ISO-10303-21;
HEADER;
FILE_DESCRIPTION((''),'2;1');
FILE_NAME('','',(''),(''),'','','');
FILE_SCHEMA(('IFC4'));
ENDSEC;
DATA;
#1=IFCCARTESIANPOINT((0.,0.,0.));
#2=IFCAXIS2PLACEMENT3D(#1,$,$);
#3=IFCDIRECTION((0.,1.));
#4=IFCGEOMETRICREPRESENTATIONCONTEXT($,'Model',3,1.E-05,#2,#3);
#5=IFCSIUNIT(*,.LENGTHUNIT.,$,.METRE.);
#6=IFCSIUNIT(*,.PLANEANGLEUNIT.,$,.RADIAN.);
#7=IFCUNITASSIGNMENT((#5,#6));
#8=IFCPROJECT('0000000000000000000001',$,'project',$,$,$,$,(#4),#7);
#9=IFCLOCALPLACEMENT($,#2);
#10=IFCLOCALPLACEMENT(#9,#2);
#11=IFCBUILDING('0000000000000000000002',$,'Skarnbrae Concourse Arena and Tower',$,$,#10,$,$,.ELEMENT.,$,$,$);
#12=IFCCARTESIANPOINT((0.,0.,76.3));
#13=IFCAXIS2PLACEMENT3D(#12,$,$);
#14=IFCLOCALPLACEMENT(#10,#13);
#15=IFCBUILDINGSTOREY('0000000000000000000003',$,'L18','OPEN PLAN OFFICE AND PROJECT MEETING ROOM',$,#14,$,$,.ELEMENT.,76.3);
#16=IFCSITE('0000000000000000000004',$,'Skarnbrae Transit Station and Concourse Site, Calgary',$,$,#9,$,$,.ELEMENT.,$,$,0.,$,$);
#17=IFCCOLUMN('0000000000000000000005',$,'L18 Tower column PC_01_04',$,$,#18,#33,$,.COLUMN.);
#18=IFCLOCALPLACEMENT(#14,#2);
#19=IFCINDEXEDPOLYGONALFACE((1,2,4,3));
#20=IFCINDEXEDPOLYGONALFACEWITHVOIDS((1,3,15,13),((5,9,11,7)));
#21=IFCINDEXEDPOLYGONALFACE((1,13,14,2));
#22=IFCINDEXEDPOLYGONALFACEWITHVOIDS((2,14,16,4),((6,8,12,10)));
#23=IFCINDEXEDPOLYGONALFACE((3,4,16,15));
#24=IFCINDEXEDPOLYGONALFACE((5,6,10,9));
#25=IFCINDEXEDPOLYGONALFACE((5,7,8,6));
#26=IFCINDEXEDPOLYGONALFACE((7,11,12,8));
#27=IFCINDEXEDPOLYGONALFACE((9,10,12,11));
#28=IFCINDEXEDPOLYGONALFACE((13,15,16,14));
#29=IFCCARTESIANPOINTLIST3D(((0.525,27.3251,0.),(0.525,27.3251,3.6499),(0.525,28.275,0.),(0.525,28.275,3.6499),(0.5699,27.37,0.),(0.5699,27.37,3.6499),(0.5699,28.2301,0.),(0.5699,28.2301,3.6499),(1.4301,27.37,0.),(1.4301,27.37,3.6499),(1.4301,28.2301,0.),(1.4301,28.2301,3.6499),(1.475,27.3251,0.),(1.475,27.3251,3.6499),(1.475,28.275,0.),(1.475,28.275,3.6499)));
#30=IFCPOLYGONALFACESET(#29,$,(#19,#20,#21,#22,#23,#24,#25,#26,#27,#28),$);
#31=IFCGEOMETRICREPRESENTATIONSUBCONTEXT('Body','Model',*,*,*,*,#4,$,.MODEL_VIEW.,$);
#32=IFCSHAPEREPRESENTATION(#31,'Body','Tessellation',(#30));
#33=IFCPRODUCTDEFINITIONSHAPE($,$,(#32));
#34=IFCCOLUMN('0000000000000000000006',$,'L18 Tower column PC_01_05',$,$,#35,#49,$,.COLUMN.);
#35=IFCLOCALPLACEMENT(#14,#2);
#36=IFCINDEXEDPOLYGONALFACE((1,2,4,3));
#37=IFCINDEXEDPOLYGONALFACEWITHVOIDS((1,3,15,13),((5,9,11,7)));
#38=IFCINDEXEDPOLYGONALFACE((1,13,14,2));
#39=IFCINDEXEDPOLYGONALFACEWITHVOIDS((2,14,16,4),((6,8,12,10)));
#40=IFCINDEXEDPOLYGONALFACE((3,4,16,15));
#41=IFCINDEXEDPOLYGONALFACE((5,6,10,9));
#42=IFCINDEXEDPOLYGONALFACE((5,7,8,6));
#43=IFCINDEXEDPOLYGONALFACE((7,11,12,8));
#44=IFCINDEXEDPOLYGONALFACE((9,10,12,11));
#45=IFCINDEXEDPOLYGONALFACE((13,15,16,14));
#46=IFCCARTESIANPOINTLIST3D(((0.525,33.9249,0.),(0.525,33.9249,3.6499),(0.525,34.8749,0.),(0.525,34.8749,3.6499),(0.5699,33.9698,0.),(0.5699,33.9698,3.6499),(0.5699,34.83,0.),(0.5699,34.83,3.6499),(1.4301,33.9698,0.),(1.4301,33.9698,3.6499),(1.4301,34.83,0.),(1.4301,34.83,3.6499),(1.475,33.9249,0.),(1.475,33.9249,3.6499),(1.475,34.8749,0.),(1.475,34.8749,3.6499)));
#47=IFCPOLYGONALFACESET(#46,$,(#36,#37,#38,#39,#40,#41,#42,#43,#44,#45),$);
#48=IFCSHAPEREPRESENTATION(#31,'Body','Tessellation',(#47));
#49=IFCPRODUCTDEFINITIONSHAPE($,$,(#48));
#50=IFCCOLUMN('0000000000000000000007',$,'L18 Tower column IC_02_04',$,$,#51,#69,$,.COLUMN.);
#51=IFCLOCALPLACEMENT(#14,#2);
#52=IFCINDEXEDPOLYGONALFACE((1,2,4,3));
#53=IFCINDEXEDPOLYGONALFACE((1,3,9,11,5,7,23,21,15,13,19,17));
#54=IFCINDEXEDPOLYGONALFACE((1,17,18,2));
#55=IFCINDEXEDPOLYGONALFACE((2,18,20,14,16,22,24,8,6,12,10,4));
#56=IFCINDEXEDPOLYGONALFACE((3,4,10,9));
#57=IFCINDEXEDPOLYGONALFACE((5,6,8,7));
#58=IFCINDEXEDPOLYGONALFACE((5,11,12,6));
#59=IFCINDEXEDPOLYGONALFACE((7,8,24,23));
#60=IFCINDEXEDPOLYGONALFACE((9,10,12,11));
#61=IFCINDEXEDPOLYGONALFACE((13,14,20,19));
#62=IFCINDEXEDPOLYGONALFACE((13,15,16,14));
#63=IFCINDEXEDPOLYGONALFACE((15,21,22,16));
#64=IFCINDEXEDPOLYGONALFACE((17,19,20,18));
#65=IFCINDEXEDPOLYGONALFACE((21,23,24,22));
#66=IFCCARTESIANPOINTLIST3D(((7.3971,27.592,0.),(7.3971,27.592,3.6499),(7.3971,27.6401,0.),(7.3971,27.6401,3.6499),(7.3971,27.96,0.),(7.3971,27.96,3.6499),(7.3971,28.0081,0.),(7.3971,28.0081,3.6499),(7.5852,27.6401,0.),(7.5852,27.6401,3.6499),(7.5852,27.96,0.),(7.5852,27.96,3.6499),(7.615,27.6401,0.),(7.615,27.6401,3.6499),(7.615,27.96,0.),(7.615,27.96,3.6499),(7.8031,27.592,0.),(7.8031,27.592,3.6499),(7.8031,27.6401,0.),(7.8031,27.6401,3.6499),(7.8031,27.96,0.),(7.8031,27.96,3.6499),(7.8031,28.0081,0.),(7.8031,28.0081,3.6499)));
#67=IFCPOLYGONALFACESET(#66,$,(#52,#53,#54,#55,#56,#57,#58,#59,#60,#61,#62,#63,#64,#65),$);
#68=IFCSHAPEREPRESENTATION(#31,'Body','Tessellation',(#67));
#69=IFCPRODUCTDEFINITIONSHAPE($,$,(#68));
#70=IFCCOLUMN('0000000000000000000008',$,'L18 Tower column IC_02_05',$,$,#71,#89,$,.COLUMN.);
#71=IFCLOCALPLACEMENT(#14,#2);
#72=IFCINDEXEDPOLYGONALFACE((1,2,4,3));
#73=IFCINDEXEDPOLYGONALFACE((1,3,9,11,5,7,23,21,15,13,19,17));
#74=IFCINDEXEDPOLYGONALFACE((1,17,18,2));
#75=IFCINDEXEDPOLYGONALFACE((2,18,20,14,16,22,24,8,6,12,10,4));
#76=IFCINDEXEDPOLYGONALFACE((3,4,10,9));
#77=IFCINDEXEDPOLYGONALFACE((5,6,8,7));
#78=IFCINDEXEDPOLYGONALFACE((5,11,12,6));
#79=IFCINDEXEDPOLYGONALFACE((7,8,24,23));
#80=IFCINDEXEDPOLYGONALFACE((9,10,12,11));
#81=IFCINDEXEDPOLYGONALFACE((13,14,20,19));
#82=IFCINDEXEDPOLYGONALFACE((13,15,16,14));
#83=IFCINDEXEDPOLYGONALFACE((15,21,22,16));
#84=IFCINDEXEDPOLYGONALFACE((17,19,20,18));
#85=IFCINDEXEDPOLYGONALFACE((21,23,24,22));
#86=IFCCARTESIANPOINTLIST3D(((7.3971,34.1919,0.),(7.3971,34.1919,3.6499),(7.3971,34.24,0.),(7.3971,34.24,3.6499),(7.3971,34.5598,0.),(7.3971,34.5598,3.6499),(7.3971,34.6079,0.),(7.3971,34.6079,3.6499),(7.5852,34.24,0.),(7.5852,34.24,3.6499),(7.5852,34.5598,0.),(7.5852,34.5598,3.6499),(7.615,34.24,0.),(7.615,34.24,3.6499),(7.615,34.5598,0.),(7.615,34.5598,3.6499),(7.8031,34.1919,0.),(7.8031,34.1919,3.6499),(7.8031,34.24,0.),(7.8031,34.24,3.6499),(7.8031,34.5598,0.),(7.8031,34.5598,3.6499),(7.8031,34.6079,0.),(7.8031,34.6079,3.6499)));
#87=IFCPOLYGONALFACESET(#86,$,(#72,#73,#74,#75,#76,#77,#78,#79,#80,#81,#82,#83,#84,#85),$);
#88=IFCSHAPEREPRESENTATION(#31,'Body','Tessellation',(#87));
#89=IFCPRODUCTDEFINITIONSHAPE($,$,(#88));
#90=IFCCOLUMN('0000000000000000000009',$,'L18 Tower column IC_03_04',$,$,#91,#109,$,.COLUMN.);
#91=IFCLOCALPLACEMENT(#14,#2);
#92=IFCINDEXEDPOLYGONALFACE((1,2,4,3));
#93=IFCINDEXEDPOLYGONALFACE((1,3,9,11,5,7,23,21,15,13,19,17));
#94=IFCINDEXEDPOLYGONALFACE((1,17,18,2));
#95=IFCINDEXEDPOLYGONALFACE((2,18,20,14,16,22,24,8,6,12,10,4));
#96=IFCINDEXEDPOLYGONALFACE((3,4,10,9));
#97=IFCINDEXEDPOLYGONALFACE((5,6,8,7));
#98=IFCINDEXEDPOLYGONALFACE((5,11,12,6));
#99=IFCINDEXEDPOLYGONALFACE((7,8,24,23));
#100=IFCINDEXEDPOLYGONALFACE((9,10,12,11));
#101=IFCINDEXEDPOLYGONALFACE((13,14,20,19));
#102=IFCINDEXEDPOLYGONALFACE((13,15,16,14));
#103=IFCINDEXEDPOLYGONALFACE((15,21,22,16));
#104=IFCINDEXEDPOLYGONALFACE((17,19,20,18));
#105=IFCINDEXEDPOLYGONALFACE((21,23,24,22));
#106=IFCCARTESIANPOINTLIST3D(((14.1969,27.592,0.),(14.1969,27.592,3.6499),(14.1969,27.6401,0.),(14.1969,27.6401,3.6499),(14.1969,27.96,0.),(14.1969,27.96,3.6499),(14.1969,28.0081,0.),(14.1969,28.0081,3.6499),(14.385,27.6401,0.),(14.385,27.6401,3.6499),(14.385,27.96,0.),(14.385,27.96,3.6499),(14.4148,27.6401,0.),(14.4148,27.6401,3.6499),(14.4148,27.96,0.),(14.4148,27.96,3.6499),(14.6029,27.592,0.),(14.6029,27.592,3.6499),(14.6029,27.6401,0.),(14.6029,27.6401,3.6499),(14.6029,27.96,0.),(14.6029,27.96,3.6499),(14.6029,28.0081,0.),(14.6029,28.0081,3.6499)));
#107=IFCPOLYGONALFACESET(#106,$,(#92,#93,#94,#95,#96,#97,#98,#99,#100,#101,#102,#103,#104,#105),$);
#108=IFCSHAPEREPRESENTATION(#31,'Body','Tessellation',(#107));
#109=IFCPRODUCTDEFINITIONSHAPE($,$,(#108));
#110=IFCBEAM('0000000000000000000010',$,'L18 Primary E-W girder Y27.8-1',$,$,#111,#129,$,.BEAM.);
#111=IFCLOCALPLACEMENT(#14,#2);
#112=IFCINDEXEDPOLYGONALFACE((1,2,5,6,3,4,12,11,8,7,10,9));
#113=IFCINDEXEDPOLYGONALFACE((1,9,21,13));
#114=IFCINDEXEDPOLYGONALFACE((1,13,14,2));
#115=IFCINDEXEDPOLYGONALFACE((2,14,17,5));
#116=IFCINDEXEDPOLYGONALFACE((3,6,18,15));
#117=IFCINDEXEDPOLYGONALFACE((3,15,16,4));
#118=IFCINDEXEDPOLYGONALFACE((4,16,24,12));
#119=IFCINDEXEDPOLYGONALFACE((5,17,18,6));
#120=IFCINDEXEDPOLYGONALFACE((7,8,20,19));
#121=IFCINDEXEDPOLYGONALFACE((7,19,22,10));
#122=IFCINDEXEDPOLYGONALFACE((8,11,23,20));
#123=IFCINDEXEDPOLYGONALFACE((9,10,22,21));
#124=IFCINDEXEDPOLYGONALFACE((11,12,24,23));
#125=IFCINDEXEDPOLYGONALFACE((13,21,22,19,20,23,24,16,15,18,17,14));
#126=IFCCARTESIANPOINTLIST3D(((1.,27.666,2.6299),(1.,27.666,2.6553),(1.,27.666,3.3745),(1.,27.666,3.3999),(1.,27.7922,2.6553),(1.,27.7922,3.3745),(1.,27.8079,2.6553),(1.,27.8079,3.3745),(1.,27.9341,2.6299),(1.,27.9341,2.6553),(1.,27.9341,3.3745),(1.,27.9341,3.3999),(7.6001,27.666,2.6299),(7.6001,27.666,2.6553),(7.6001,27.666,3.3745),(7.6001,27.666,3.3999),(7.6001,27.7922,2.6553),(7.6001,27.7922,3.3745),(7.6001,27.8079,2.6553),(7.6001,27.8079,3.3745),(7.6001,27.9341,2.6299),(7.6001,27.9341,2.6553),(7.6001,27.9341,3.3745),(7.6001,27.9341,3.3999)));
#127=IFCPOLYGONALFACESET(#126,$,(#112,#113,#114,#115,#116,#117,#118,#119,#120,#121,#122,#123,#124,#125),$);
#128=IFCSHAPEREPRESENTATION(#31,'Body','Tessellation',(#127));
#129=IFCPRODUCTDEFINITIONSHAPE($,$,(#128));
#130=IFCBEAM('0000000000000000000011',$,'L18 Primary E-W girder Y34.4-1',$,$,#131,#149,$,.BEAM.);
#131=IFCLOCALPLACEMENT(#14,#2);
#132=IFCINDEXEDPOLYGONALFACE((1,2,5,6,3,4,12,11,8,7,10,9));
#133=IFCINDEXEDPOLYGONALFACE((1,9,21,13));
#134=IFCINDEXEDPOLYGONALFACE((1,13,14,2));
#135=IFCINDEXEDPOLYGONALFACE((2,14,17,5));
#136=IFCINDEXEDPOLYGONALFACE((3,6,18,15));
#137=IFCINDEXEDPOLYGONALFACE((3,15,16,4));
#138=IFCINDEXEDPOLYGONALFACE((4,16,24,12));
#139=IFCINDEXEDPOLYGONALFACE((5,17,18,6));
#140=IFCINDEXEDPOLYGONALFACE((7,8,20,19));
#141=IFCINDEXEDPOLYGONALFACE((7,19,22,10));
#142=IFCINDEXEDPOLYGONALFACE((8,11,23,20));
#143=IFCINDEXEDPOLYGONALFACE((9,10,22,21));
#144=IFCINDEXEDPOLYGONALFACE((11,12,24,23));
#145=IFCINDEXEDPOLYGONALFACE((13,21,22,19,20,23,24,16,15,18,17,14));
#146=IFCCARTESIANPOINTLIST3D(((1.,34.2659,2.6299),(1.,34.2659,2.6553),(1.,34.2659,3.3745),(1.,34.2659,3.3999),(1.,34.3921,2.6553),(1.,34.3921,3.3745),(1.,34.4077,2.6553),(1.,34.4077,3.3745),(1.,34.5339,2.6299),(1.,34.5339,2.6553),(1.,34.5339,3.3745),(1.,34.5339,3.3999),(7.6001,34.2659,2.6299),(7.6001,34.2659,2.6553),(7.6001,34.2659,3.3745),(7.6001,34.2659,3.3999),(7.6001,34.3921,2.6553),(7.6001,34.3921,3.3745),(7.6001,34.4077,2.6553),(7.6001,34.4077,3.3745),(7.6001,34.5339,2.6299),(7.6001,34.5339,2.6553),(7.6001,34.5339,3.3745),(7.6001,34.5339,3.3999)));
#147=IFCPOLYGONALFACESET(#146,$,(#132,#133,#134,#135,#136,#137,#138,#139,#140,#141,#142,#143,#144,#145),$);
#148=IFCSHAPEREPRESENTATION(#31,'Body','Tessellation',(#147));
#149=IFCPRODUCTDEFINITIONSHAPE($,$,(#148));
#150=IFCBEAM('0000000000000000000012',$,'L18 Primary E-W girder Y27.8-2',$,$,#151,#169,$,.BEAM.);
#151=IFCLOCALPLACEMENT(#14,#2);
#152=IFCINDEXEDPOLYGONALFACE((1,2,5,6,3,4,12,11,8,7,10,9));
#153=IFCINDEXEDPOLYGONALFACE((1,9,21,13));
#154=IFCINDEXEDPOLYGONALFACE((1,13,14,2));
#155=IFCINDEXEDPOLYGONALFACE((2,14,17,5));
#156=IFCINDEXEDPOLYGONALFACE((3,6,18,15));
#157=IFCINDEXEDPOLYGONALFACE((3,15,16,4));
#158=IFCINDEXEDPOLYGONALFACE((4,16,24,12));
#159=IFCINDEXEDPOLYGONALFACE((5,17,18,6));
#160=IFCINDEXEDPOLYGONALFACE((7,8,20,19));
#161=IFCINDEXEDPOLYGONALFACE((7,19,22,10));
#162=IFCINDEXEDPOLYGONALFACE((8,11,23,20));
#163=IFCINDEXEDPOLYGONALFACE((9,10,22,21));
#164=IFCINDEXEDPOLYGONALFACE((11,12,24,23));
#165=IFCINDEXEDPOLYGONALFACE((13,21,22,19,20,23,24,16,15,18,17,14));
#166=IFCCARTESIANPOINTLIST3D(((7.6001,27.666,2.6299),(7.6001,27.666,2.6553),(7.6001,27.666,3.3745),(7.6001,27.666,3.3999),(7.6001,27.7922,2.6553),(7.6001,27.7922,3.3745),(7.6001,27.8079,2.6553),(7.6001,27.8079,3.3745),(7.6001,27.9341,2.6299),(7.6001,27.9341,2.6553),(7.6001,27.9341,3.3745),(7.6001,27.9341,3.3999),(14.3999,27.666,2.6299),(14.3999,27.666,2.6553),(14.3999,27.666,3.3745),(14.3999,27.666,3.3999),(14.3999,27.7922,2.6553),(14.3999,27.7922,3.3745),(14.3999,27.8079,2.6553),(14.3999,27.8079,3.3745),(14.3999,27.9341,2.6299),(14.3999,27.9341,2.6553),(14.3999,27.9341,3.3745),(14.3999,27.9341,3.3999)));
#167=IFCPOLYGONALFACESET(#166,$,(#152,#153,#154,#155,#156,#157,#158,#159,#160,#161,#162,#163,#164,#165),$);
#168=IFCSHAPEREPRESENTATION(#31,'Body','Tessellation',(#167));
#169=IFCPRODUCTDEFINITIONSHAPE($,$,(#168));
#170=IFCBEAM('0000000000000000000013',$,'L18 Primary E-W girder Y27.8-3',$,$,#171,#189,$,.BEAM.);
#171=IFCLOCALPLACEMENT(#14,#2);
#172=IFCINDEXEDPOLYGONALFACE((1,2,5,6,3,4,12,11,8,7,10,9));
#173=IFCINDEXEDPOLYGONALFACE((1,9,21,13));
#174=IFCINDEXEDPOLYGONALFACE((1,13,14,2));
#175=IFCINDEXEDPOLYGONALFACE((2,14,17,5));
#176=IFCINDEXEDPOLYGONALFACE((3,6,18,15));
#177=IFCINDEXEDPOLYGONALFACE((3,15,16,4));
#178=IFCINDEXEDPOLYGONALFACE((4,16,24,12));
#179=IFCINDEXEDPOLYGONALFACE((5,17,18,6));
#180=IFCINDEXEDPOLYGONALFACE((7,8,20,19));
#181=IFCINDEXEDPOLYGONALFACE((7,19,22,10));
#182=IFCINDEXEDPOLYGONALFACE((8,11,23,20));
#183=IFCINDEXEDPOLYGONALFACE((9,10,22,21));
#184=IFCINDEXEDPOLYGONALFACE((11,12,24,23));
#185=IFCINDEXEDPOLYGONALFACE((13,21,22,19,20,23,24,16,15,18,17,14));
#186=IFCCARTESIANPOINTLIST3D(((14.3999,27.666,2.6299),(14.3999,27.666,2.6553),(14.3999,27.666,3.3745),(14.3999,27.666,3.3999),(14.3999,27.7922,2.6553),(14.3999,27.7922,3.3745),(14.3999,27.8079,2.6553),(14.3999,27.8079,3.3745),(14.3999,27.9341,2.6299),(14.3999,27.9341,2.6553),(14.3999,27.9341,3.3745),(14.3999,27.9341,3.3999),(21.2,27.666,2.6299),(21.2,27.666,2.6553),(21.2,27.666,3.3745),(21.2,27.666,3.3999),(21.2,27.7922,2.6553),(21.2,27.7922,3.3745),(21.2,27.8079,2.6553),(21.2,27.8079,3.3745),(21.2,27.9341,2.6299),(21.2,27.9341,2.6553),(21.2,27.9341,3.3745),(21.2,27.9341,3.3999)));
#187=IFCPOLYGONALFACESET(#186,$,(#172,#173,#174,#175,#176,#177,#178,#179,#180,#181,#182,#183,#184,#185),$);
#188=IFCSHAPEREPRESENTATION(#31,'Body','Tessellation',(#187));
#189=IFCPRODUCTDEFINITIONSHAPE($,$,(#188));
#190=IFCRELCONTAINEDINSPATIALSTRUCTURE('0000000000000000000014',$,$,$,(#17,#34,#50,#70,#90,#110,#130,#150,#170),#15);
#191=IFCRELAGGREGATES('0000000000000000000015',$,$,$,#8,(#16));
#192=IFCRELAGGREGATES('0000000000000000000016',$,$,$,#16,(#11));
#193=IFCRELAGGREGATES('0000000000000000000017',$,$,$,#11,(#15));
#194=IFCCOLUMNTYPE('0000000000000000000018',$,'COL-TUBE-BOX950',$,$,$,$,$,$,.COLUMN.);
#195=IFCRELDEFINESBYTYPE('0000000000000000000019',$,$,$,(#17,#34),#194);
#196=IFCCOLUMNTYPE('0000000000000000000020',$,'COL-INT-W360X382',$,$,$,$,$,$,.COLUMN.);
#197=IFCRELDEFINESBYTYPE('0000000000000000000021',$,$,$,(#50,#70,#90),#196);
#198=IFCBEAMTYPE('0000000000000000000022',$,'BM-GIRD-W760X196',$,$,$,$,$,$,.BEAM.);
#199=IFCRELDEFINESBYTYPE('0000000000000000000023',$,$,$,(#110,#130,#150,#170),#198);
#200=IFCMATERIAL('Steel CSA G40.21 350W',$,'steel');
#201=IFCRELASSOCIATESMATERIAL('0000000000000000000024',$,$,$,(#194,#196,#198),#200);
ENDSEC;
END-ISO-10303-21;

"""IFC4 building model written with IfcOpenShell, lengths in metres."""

from ifc_helpers import new_model, si_unit, direction, frame, origin, origin_2d, place, context, subcontext, project, spatial, hollow_rectangle, i_section, extrude, source, transform, mapped, material, material_profile, profile_set, type_object, element, save


model = new_model("IFC4")

# Units and contexts
model_context = context("Model", 3, precision=1e-05, world=origin(), true_north=direction((0.0, 1.0)))
body_context = subcontext(model_context, "Body", "Model", "MODEL_VIEW")
ifc_project = project(units=[si_unit("LENGTHUNIT", "METRE"), si_unit("PLANEANGLEUNIT", "RADIAN")], contexts=[model_context])

# Site, building, storey
site_placement = place(None, origin())
site = spatial("IfcSite", under=ifc_project, at=site_placement, Name="Skarnbrae Transit Station and Concourse Site, Calgary", CompositionType="ELEMENT", RefElevation=0.0)
building_placement = place(site_placement, origin())
building = spatial("IfcBuilding", under=site, at=building_placement, Name="Skarnbrae Concourse Arena and Tower", CompositionType="ELEMENT")
storey_placement = place(building_placement, frame((0.0, 0.0, 76.3)))
storey = spatial("IfcBuildingStorey", under=building, at=storey_placement, Name="L18", Description="OPEN PLAN OFFICE AND PROJECT MEETING ROOM", CompositionType="ELEMENT", Elevation=76.3)

# Columns
ifc_material_1 = material(Name="Steel CSA G40.21 350W", Category="steel")
ifc_material_profile_1 = material_profile(ifc_material_1, hollow_rectangle(XDim=0.95, YDim=0.95, WallThickness=0.0449, at=origin_2d()), Name="BOX950X950X45")
ifc_profile_set_1 = profile_set([ifc_material_profile_1], Name="Steel CSA G40.21 350W")
column_type_1 = type_object("IfcColumnType", Name="COL-TUBE-BOX950", PredefinedType="COLUMN", material=ifc_profile_set_1)
shared_shape_1 = source(origin(), body_context, "Body", "SweptSolid", [
    extrude(hollow_rectangle(XDim=0.95, YDim=0.95, WallThickness=0.0449, at=origin_2d()), origin(), (0.0, 0.0, 1.0), 3.6499),
])
for number, where, z_axis, x_axis, name in (
    (1, (1.0, 27.8, 0.0), (0.0, 0.0, 1.0), (1.0, 0.0, 0.0), "L18 Tower column PC_01_04"),
    (2, (1.0, 34.3999, 0.0), (0.0, 0.0, 1.0), (1.0, 0.0, 0.0), "L18 Tower column PC_01_05"),
):
    element("IfcColumn", number, at=place(storey_placement, frame(where, z_axis=z_axis, x_axis=x_axis)), inside=storey, type_object=column_type_1, Name=name, PredefinedType="COLUMN", context=body_context, shape_type="MappedRepresentation", body=[
        mapped(shared_shape_1, transform((0.0, 0.0, 0.0))),
    ])
ifc_material_profile_2 = material_profile(ifc_material_1, i_section(OverallWidth=0.406, OverallDepth=0.416, WebThickness=0.0298, FlangeThickness=0.0481, at=origin_2d()), Name="W360X382")
ifc_profile_set_2 = profile_set([ifc_material_profile_2], Name="Steel CSA G40.21 350W")
column_type_2 = type_object("IfcColumnType", Name="COL-INT-W360X382", PredefinedType="COLUMN", material=ifc_profile_set_2)
shared_shape_2 = source(origin(), body_context, "Body", "SweptSolid", [
    extrude(i_section(OverallWidth=0.406, OverallDepth=0.416, WebThickness=0.0298, FlangeThickness=0.0481, at=origin_2d()), origin(), (0.0, 0.0, 1.0), 3.6499),
])
for number, where, z_axis, x_axis, name in (
    (3, (7.6001, 27.8, 0.0), (0.0, 0.0, 1.0), (1.0, 0.0, 0.0), "L18 Tower column IC_02_04"),
    (4, (7.6001, 34.3999, 0.0), (0.0, 0.0, 1.0), (1.0, 0.0, 0.0), "L18 Tower column IC_02_05"),
    (5, (14.3999, 27.8, 0.0), (0.0, 0.0, 1.0), (1.0, 0.0, 0.0), "L18 Tower column IC_03_04"),
):
    element("IfcColumn", number, at=place(storey_placement, frame(where, z_axis=z_axis, x_axis=x_axis)), inside=storey, type_object=column_type_2, Name=name, PredefinedType="COLUMN", context=body_context, shape_type="MappedRepresentation", body=[
        mapped(shared_shape_2, transform((0.0, 0.0, 0.0))),
    ])

# Beams
ifc_material_profile_3 = material_profile(ifc_material_1, i_section(OverallWidth=0.2681, OverallDepth=0.77, WebThickness=0.0156, FlangeThickness=0.0254, at=origin_2d()), Name="W760X196")
ifc_profile_set_3 = profile_set([ifc_material_profile_3], Name="Steel CSA G40.21 350W")
beam_type_1 = type_object("IfcBeamType", Name="BM-GIRD-W760X196", PredefinedType="BEAM", material=ifc_profile_set_3)
shared_shape_3 = source(origin(), body_context, "Body", "SweptSolid", [
    extrude(i_section(OverallWidth=0.2681, OverallDepth=0.77, WebThickness=0.0156, FlangeThickness=0.0254, at=origin_2d()), origin(), (0.0, 0.0, 1.0), 6.6001),
])
for number, where, z_axis, x_axis, name in (
    (6, (1.0, 27.8, 3.0149), (1.0, 0.0, 0.0), (0.0, 1.0, 0.0), "L18 Primary E-W girder Y27.8-1"),
    (7, (1.0, 34.3999, 3.0149), (1.0, 0.0, 0.0), (0.0, 1.0, 0.0), "L18 Primary E-W girder Y34.4-1"),
):
    element("IfcBeam", number, at=place(storey_placement, frame(where, z_axis=z_axis, x_axis=x_axis)), inside=storey, type_object=beam_type_1, Name=name, PredefinedType="BEAM", context=body_context, shape_type="MappedRepresentation", body=[
        mapped(shared_shape_3, transform((0.0, 0.0, 0.0))),
    ])
shared_shape_4 = source(origin(), body_context, "Body", "SweptSolid", [
    extrude(i_section(OverallWidth=0.2681, OverallDepth=0.77, WebThickness=0.0156, FlangeThickness=0.0254, at=origin_2d()), origin(), (0.0, 0.0, 1.0), 6.7998),
])
beam_1_placement = place(storey_placement, frame((7.6001, 27.8, 3.0149), z_axis=(1.0, 0.0, 0.0), x_axis=(0.0, 1.0, 0.0)))
element("IfcBeam", 8, at=beam_1_placement, inside=storey, type_object=beam_type_1, Name="L18 Primary E-W girder Y27.8-2", PredefinedType="BEAM", context=body_context, shape_type="MappedRepresentation", body=[
    mapped(shared_shape_4, transform((0.0, 0.0, 0.0))),
])
shared_shape_5 = source(origin(), body_context, "Body", "SweptSolid", [
    extrude(i_section(OverallWidth=0.2681, OverallDepth=0.77, WebThickness=0.0156, FlangeThickness=0.0254, at=origin_2d()), origin(), (0.0, 0.0, 1.0), 6.8),
])
beam_2_placement = place(storey_placement, frame((14.3999, 27.8, 3.0149), z_axis=(1.0, 0.0, 0.0), x_axis=(0.0, 1.0, 0.0)))
element("IfcBeam", 9, at=beam_2_placement, inside=storey, type_object=beam_type_1, Name="L18 Primary E-W girder Y27.8-3", PredefinedType="BEAM", context=body_context, shape_type="MappedRepresentation", body=[
    mapped(shared_shape_5, transform((0.0, 0.0, 0.0))),
])

save(model, "model.ifc")
